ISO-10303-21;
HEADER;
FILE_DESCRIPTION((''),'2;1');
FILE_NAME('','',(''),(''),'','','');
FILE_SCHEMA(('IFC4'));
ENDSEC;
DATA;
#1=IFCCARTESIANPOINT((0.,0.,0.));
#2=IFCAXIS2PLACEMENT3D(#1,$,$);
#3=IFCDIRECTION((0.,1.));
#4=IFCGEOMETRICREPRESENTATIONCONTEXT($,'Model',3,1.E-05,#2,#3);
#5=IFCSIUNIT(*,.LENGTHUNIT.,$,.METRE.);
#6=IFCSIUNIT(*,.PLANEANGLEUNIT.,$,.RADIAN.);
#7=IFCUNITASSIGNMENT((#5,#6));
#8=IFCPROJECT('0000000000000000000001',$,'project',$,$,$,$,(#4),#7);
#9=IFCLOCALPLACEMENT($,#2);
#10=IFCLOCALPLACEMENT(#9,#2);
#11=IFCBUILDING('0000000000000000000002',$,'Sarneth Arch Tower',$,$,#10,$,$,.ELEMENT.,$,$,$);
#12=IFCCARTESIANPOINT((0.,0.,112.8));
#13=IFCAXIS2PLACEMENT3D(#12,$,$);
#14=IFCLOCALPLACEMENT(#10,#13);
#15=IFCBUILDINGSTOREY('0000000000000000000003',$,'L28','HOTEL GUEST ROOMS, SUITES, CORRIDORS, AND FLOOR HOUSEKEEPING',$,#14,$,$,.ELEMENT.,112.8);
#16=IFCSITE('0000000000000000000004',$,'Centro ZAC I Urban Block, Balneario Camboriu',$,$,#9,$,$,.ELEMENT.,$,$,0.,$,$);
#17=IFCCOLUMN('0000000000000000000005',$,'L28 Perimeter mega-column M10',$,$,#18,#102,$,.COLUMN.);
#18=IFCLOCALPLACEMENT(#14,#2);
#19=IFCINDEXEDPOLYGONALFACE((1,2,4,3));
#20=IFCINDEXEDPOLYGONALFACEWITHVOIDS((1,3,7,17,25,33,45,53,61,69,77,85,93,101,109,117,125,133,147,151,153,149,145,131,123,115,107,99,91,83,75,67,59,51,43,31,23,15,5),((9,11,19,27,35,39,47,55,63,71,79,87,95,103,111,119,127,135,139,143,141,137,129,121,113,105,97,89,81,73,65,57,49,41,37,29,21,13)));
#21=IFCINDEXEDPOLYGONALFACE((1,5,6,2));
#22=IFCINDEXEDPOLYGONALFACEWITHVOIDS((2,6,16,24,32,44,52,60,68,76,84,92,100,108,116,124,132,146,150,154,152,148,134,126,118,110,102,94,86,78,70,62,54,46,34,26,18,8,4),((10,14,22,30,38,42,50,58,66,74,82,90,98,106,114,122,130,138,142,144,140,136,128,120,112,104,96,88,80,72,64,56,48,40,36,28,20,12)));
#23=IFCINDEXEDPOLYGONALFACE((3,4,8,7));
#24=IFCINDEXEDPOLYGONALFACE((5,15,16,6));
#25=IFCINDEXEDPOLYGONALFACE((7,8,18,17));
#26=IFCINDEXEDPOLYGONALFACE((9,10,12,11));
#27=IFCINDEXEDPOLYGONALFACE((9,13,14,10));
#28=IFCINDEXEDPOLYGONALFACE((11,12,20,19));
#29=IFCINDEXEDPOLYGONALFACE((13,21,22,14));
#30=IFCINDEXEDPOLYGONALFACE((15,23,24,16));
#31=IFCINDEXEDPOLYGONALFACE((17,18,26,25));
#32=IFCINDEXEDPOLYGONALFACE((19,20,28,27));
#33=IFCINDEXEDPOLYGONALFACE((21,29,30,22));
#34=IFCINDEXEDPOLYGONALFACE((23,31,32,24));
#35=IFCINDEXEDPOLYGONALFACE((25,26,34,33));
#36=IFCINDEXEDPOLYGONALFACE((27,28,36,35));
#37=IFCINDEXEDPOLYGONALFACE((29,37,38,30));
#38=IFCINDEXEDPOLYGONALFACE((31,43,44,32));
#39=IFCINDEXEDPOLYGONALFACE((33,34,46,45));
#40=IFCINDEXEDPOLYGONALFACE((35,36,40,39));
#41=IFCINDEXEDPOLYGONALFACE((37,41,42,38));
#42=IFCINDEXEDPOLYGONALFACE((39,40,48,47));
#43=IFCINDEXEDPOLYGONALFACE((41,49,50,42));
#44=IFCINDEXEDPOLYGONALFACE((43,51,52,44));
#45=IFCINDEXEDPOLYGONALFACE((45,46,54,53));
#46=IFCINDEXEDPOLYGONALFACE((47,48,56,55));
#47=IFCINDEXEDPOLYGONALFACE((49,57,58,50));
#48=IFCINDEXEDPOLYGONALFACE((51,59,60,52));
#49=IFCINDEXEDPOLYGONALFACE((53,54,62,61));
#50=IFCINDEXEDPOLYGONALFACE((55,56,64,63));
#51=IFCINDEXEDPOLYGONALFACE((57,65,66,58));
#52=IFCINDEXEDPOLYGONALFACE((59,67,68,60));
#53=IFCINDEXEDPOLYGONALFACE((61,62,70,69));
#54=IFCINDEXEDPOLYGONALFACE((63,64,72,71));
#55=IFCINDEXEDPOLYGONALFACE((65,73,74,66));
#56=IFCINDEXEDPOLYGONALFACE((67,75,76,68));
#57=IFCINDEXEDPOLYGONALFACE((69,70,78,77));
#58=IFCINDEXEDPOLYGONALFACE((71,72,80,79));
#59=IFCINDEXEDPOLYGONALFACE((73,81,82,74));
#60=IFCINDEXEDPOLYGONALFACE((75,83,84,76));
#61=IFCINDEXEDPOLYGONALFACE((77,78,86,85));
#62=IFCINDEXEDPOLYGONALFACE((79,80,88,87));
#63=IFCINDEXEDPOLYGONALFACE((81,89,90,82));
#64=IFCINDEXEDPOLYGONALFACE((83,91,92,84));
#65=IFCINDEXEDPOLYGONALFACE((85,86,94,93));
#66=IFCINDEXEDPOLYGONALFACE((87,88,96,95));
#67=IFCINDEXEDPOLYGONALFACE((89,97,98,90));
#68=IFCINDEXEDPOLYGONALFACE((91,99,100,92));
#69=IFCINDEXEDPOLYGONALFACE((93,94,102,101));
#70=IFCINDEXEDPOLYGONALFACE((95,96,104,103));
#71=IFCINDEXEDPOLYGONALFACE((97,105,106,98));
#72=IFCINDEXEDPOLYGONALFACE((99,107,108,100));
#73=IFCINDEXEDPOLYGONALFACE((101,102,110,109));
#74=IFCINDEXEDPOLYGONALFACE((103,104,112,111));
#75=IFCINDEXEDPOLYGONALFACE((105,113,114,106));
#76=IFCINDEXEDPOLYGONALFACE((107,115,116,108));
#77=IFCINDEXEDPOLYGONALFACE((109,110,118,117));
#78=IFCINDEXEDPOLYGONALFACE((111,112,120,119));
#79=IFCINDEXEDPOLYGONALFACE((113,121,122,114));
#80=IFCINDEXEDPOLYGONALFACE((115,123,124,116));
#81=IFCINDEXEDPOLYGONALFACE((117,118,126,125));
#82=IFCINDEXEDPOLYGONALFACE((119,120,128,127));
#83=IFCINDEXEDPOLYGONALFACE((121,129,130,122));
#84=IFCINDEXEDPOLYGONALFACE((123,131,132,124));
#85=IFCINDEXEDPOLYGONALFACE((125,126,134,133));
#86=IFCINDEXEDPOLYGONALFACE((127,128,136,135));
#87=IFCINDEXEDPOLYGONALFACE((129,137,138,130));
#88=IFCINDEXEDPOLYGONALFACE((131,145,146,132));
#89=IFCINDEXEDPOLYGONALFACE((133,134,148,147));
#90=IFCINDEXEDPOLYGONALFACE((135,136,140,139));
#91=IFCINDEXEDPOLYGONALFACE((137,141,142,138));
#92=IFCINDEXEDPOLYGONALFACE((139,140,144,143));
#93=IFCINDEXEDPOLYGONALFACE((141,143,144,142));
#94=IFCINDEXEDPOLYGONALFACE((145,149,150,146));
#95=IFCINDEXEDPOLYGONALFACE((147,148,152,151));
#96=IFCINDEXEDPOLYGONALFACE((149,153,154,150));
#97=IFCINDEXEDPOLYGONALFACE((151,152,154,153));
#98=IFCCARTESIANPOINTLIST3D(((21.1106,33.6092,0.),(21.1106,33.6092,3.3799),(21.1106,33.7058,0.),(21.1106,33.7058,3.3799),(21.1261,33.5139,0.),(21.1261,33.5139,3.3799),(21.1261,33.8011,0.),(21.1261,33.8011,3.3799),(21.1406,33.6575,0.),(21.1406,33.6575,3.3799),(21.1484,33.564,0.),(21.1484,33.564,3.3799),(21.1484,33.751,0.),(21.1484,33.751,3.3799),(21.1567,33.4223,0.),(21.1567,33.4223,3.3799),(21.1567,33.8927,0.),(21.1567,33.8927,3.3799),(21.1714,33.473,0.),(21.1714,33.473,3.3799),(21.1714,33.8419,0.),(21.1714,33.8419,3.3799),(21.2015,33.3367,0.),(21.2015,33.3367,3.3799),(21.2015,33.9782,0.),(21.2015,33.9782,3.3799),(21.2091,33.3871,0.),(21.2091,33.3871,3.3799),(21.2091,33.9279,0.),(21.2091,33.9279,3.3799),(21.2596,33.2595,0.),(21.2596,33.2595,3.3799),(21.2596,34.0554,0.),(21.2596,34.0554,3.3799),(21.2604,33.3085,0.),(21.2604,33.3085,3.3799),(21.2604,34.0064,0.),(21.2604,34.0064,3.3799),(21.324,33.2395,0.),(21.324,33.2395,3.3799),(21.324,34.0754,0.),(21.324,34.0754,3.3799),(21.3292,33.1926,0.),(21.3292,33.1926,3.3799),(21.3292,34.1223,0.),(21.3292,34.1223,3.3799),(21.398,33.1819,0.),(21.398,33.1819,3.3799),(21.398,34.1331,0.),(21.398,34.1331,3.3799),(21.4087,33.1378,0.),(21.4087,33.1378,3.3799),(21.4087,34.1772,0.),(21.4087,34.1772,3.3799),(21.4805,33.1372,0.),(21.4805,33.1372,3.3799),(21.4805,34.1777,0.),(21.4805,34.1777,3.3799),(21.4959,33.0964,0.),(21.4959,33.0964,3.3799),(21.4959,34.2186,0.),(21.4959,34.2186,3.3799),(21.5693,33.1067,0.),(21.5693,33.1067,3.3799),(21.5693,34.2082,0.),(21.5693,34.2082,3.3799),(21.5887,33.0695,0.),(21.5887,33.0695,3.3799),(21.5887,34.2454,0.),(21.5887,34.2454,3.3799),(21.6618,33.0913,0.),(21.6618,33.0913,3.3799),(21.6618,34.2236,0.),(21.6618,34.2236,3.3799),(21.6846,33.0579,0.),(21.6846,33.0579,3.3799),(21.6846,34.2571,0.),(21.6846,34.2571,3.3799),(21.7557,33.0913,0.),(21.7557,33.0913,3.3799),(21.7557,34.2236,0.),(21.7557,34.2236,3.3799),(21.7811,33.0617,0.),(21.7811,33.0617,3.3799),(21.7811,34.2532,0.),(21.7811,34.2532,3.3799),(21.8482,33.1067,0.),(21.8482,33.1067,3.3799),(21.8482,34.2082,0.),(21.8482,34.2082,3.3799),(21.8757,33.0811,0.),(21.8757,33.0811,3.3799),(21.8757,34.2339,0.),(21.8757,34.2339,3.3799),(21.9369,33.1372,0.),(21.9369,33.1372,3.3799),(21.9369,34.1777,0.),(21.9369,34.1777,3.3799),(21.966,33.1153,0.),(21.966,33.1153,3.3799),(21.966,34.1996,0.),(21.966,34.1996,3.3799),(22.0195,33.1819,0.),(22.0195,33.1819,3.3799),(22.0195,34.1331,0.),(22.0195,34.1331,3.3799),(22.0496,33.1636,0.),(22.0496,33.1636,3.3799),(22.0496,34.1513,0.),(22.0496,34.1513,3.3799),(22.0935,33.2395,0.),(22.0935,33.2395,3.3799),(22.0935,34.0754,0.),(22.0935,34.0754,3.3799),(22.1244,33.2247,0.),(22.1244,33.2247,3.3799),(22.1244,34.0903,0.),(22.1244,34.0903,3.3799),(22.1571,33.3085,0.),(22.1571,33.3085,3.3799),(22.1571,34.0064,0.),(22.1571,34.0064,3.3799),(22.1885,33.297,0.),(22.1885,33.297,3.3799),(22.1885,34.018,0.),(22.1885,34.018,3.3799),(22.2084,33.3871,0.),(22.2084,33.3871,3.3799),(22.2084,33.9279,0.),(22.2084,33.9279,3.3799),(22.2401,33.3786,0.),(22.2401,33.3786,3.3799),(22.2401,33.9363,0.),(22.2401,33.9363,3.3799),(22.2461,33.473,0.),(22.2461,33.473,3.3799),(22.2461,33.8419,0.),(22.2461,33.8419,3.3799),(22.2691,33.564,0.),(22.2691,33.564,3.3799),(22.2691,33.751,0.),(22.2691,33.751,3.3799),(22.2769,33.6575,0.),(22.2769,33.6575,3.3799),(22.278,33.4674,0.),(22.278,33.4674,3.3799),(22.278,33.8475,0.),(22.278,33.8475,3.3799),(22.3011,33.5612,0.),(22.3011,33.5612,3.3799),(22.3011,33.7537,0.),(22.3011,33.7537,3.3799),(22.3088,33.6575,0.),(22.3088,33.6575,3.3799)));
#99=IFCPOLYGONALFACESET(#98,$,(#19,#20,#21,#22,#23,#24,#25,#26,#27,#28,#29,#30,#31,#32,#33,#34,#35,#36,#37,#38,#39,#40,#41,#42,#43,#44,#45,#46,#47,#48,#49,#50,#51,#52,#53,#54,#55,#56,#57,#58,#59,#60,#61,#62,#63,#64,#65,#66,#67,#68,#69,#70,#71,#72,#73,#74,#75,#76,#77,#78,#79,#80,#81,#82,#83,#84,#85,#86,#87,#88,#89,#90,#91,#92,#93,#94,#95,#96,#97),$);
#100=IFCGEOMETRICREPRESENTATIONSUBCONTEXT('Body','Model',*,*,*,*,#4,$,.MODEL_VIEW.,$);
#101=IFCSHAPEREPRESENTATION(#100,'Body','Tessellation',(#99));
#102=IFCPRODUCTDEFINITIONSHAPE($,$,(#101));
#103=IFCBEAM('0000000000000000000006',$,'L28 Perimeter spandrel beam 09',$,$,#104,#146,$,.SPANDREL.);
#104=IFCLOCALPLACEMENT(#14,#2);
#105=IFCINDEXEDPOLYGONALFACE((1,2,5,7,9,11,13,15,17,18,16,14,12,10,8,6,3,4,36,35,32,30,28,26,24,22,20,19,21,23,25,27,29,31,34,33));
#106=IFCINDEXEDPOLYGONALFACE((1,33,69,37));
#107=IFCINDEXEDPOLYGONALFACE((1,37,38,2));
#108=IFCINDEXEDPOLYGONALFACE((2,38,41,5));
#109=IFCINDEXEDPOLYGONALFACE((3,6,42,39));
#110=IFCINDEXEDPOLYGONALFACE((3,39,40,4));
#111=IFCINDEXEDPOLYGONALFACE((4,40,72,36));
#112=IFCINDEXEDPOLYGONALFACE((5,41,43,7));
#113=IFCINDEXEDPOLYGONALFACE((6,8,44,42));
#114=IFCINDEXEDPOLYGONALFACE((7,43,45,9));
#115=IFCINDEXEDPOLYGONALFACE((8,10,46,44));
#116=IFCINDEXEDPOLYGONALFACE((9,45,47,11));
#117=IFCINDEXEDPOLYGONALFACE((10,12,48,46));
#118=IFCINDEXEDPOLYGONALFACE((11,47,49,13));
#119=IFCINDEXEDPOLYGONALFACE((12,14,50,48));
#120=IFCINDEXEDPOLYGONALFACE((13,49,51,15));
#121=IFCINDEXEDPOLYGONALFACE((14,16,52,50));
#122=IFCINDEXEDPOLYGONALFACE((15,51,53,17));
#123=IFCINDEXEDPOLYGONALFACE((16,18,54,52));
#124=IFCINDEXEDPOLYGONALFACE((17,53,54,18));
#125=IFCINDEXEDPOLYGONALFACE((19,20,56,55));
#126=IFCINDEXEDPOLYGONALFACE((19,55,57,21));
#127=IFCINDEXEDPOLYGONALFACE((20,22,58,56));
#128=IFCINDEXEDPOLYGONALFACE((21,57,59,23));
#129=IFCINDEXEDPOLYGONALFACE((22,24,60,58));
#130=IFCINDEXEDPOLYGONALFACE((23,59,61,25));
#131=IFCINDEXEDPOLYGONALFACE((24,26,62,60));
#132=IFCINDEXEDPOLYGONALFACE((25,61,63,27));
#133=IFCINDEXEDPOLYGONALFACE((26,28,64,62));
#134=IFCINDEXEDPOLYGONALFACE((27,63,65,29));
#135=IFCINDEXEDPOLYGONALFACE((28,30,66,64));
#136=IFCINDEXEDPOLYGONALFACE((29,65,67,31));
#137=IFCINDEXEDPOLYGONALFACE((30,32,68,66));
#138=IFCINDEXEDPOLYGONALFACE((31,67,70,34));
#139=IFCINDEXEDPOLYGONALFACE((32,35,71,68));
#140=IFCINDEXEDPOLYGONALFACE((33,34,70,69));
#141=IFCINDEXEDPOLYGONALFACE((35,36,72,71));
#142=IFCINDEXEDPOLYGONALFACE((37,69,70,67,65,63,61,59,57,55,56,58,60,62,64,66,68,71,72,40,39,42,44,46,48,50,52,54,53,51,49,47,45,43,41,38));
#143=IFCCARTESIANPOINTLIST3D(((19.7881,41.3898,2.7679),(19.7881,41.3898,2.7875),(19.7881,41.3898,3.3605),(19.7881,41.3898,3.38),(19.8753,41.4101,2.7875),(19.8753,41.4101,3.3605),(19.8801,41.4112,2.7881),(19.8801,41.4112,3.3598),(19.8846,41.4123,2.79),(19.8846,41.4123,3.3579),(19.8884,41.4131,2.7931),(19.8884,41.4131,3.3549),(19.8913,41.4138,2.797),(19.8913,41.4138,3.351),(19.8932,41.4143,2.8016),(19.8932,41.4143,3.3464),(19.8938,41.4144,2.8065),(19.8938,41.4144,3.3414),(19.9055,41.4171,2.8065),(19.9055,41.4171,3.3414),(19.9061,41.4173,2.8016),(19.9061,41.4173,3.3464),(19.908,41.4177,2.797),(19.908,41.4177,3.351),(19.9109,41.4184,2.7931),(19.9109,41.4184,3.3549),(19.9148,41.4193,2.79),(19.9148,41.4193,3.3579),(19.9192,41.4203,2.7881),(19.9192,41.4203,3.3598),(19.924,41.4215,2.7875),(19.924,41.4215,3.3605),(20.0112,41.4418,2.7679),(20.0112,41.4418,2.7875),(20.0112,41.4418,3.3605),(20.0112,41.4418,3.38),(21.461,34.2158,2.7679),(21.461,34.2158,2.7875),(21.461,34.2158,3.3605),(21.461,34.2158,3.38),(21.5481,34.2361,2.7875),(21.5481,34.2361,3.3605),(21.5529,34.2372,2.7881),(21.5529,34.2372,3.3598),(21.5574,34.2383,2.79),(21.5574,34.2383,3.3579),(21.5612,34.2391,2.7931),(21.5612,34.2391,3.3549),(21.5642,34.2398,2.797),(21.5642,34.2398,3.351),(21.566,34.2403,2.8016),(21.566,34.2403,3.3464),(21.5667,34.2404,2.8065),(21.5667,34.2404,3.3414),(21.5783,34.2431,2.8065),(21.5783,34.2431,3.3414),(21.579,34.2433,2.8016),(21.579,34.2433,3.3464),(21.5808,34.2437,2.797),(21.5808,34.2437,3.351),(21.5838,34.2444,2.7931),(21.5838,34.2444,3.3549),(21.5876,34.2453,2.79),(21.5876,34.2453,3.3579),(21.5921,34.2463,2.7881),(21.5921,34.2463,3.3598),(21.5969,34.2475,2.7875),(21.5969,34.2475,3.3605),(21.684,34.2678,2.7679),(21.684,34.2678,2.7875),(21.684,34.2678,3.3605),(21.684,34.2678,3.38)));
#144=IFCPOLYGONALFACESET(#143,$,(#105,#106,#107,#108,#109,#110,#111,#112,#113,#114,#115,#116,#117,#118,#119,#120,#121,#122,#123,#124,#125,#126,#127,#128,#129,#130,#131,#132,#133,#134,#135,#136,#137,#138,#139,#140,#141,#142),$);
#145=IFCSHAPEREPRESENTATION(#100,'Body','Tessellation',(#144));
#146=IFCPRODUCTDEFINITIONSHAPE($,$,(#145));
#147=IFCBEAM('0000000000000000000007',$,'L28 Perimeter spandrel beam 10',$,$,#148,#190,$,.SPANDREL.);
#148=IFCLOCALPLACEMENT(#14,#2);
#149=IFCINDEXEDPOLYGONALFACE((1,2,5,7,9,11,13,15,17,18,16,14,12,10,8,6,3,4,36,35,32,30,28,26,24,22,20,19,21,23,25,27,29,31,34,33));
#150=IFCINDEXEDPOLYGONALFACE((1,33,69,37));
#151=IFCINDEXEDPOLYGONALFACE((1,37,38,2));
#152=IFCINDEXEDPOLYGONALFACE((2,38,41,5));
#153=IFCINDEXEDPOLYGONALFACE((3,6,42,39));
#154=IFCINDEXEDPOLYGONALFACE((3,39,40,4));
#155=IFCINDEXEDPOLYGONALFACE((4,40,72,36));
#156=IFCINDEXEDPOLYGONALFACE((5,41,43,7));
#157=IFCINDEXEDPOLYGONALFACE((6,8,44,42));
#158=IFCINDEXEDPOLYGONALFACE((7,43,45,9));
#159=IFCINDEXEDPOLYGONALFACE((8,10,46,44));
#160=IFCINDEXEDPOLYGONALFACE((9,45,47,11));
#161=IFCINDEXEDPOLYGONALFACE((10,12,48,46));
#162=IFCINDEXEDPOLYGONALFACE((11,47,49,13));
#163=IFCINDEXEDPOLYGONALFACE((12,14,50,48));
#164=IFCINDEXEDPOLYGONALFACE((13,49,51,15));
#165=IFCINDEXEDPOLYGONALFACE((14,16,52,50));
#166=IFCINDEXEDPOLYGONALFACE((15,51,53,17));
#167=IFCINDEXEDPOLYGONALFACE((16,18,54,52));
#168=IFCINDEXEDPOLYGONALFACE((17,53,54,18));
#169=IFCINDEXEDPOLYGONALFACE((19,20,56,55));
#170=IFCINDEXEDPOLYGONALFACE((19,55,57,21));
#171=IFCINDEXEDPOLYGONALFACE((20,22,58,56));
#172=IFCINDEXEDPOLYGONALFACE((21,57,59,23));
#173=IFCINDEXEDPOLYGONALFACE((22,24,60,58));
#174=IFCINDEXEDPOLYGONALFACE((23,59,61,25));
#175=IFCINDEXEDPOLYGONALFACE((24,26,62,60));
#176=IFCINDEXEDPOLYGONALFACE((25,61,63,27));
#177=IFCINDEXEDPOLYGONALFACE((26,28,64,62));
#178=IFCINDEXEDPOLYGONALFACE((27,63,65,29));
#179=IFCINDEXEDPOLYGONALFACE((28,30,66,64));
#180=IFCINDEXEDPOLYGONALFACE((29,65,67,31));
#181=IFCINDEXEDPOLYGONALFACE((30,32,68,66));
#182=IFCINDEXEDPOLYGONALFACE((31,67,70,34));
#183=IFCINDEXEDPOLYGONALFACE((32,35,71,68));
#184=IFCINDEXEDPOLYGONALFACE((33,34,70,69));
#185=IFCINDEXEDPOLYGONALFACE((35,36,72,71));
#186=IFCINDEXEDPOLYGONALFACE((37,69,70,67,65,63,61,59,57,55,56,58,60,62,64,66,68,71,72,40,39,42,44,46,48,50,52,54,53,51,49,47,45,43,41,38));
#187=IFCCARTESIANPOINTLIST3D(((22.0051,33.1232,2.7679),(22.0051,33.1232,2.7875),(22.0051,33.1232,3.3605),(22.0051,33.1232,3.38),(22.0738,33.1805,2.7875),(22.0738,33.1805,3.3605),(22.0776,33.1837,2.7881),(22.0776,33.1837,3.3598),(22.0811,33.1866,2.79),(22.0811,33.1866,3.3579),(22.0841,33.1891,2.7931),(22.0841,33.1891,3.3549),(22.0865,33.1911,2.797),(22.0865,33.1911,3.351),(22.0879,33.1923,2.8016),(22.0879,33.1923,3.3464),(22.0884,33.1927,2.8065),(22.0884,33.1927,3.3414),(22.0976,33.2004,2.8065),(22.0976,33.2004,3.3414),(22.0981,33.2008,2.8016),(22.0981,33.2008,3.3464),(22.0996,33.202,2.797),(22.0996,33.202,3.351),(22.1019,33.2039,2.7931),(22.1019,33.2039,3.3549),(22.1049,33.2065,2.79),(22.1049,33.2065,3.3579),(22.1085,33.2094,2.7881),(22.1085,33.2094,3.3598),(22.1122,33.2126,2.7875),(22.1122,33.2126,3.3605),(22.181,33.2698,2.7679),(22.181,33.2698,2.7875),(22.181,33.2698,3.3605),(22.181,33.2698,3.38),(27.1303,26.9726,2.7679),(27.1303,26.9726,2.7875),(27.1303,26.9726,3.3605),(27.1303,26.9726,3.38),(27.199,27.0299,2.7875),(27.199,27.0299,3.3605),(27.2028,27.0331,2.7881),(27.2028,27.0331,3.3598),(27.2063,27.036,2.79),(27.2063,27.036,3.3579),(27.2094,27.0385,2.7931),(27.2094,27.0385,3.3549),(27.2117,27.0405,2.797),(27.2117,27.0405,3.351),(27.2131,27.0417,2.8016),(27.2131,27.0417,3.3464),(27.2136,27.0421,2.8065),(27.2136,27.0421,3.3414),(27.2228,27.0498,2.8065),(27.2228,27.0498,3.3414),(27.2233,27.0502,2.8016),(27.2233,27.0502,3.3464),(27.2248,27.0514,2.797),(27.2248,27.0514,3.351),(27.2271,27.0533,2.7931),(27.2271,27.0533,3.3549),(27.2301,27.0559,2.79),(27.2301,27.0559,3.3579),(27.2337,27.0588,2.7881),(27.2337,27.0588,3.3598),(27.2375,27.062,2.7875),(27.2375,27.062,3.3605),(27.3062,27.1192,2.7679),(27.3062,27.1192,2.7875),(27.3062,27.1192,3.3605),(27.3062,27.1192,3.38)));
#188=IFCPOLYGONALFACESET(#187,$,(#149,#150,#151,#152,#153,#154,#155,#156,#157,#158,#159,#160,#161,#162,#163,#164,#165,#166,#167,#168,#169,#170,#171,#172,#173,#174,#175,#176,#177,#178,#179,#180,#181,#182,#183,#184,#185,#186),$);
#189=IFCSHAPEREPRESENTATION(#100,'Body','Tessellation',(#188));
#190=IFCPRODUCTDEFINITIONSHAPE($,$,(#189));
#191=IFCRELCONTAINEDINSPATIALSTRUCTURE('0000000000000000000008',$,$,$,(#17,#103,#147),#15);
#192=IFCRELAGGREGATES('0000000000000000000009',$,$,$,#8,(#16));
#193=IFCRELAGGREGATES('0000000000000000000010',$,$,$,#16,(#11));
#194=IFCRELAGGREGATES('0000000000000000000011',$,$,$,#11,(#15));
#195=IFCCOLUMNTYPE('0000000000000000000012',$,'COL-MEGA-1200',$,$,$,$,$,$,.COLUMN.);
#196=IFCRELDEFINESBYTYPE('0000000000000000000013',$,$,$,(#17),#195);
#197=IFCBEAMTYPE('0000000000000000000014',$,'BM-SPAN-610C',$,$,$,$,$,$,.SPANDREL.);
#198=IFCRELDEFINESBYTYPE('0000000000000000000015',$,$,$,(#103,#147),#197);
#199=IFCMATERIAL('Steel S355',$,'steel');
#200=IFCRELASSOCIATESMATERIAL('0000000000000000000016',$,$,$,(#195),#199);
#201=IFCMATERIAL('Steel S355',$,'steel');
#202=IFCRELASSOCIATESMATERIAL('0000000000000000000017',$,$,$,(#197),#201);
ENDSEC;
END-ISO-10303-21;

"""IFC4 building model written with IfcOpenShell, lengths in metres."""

from ifc_helpers import new_model, si_unit, direction, frame, origin, origin_2d, place, context, subcontext, project, spatial, hollow_circle, i_section, extrude, material, material_profile, profile_set, type_object, element, save


model = new_model("IFC4")

# Units and contexts
model_context = context("Model", 3, precision=1e-05, world=origin(), true_north=direction((0.0, 1.0)))
body_context = subcontext(model_context, "Body", "Model", "MODEL_VIEW")
ifc_project = project(units=[si_unit("LENGTHUNIT", "METRE"), si_unit("PLANEANGLEUNIT", "RADIAN")], contexts=[model_context])

# Site, building, storey
site_placement = place(None, origin())
site = spatial("IfcSite", under=ifc_project, at=site_placement, Name="Centro ZAC I Urban Block, Balneario Camboriu", CompositionType="ELEMENT", RefElevation=0.0)
building_placement = place(site_placement, origin())
building = spatial("IfcBuilding", under=site, at=building_placement, Name="Sarneth Arch Tower", CompositionType="ELEMENT")
storey_placement = place(building_placement, frame((0.0, 0.0, 112.8)))
storey = spatial("IfcBuildingStorey", under=building, at=storey_placement, Name="L28", Description="HOTEL GUEST ROOMS, SUITES, CORRIDORS, AND FLOOR HOUSEKEEPING", CompositionType="ELEMENT", Elevation=112.8)

# Column
ifc_material_1 = material(Name="Steel S355", Category="steel")
ifc_material_profile_1 = material_profile(ifc_material_1, hollow_circle(Radius=0.6001, WallThickness=0.032, at=origin_2d()), Name="CHS1200x32")
ifc_profile_set_1 = profile_set([ifc_material_profile_1], Name="Steel S355")
column_type = type_object("IfcColumnType", Name="COL-MEGA-1200", PredefinedType="COLUMN", material=ifc_profile_set_1)
column_placement = place(storey_placement, frame((21.7087, 33.6575, 0.0), z_axis=(0.0, 0.0, 1.0), x_axis=(1.0, 0.0, 0.0)))
element("IfcColumn", 1, at=column_placement, inside=storey, type_object=column_type, Name="L28 Perimeter mega-column M10", PredefinedType="COLUMN", context=body_context, shape_type="SweptSolid", body=[
    extrude(hollow_circle(Radius=0.6001, WallThickness=0.032, at=origin_2d()), origin(), (0.0, 0.0, 1.0), 3.3799),
])

# Beams
ifc_material_2 = material(Name="Steel S355", Category="steel")
ifc_material_profile_2 = material_profile(ifc_material_2, i_section(OverallWidth=0.229, OverallDepth=0.6121, WebThickness=0.012, FlangeThickness=0.0195, FilletRadius=0.019, at=origin_2d()), Name="W610x125")
ifc_profile_set_2 = profile_set([ifc_material_profile_2], Name="Steel S355")
beam_type = type_object("IfcBeamType", Name="BM-SPAN-610C", PredefinedType="SPANDREL", material=ifc_profile_set_2)
beam_1_placement = place(storey_placement, frame((19.8997, 41.4158, 3.074), z_axis=(0.227088, -0.973874, 0.0), x_axis=(0.973874, 0.227088, 0.0)))
element("IfcBeam", 2, at=beam_1_placement, inside=storey, type_object=beam_type, Name="L28 Perimeter spandrel beam 09", PredefinedType="SPANDREL", context=body_context, shape_type="SweptSolid", body=[
    extrude(i_section(OverallWidth=0.229, OverallDepth=0.6121, WebThickness=0.012, FlangeThickness=0.0195, FilletRadius=0.019, at=origin_2d()), origin(), (0.0, 0.0, 1.0), 7.3665),
])
beam_2_placement = place(storey_placement, frame((22.093, 33.1965, 3.074), z_axis=(0.640163, -0.768239, 0.0), x_axis=(0.768239, 0.640163, 0.0)))
element("IfcBeam", 3, at=beam_2_placement, inside=storey, type_object=beam_type, Name="L28 Perimeter spandrel beam 10", PredefinedType="SPANDREL", context=body_context, shape_type="SweptSolid", body=[
    extrude(i_section(OverallWidth=0.229, OverallDepth=0.6121, WebThickness=0.012, FlangeThickness=0.0195, FilletRadius=0.019, at=origin_2d()), origin(), (0.0, 0.0, 1.0), 8.0061),
])

save(model, "model.ifc")
